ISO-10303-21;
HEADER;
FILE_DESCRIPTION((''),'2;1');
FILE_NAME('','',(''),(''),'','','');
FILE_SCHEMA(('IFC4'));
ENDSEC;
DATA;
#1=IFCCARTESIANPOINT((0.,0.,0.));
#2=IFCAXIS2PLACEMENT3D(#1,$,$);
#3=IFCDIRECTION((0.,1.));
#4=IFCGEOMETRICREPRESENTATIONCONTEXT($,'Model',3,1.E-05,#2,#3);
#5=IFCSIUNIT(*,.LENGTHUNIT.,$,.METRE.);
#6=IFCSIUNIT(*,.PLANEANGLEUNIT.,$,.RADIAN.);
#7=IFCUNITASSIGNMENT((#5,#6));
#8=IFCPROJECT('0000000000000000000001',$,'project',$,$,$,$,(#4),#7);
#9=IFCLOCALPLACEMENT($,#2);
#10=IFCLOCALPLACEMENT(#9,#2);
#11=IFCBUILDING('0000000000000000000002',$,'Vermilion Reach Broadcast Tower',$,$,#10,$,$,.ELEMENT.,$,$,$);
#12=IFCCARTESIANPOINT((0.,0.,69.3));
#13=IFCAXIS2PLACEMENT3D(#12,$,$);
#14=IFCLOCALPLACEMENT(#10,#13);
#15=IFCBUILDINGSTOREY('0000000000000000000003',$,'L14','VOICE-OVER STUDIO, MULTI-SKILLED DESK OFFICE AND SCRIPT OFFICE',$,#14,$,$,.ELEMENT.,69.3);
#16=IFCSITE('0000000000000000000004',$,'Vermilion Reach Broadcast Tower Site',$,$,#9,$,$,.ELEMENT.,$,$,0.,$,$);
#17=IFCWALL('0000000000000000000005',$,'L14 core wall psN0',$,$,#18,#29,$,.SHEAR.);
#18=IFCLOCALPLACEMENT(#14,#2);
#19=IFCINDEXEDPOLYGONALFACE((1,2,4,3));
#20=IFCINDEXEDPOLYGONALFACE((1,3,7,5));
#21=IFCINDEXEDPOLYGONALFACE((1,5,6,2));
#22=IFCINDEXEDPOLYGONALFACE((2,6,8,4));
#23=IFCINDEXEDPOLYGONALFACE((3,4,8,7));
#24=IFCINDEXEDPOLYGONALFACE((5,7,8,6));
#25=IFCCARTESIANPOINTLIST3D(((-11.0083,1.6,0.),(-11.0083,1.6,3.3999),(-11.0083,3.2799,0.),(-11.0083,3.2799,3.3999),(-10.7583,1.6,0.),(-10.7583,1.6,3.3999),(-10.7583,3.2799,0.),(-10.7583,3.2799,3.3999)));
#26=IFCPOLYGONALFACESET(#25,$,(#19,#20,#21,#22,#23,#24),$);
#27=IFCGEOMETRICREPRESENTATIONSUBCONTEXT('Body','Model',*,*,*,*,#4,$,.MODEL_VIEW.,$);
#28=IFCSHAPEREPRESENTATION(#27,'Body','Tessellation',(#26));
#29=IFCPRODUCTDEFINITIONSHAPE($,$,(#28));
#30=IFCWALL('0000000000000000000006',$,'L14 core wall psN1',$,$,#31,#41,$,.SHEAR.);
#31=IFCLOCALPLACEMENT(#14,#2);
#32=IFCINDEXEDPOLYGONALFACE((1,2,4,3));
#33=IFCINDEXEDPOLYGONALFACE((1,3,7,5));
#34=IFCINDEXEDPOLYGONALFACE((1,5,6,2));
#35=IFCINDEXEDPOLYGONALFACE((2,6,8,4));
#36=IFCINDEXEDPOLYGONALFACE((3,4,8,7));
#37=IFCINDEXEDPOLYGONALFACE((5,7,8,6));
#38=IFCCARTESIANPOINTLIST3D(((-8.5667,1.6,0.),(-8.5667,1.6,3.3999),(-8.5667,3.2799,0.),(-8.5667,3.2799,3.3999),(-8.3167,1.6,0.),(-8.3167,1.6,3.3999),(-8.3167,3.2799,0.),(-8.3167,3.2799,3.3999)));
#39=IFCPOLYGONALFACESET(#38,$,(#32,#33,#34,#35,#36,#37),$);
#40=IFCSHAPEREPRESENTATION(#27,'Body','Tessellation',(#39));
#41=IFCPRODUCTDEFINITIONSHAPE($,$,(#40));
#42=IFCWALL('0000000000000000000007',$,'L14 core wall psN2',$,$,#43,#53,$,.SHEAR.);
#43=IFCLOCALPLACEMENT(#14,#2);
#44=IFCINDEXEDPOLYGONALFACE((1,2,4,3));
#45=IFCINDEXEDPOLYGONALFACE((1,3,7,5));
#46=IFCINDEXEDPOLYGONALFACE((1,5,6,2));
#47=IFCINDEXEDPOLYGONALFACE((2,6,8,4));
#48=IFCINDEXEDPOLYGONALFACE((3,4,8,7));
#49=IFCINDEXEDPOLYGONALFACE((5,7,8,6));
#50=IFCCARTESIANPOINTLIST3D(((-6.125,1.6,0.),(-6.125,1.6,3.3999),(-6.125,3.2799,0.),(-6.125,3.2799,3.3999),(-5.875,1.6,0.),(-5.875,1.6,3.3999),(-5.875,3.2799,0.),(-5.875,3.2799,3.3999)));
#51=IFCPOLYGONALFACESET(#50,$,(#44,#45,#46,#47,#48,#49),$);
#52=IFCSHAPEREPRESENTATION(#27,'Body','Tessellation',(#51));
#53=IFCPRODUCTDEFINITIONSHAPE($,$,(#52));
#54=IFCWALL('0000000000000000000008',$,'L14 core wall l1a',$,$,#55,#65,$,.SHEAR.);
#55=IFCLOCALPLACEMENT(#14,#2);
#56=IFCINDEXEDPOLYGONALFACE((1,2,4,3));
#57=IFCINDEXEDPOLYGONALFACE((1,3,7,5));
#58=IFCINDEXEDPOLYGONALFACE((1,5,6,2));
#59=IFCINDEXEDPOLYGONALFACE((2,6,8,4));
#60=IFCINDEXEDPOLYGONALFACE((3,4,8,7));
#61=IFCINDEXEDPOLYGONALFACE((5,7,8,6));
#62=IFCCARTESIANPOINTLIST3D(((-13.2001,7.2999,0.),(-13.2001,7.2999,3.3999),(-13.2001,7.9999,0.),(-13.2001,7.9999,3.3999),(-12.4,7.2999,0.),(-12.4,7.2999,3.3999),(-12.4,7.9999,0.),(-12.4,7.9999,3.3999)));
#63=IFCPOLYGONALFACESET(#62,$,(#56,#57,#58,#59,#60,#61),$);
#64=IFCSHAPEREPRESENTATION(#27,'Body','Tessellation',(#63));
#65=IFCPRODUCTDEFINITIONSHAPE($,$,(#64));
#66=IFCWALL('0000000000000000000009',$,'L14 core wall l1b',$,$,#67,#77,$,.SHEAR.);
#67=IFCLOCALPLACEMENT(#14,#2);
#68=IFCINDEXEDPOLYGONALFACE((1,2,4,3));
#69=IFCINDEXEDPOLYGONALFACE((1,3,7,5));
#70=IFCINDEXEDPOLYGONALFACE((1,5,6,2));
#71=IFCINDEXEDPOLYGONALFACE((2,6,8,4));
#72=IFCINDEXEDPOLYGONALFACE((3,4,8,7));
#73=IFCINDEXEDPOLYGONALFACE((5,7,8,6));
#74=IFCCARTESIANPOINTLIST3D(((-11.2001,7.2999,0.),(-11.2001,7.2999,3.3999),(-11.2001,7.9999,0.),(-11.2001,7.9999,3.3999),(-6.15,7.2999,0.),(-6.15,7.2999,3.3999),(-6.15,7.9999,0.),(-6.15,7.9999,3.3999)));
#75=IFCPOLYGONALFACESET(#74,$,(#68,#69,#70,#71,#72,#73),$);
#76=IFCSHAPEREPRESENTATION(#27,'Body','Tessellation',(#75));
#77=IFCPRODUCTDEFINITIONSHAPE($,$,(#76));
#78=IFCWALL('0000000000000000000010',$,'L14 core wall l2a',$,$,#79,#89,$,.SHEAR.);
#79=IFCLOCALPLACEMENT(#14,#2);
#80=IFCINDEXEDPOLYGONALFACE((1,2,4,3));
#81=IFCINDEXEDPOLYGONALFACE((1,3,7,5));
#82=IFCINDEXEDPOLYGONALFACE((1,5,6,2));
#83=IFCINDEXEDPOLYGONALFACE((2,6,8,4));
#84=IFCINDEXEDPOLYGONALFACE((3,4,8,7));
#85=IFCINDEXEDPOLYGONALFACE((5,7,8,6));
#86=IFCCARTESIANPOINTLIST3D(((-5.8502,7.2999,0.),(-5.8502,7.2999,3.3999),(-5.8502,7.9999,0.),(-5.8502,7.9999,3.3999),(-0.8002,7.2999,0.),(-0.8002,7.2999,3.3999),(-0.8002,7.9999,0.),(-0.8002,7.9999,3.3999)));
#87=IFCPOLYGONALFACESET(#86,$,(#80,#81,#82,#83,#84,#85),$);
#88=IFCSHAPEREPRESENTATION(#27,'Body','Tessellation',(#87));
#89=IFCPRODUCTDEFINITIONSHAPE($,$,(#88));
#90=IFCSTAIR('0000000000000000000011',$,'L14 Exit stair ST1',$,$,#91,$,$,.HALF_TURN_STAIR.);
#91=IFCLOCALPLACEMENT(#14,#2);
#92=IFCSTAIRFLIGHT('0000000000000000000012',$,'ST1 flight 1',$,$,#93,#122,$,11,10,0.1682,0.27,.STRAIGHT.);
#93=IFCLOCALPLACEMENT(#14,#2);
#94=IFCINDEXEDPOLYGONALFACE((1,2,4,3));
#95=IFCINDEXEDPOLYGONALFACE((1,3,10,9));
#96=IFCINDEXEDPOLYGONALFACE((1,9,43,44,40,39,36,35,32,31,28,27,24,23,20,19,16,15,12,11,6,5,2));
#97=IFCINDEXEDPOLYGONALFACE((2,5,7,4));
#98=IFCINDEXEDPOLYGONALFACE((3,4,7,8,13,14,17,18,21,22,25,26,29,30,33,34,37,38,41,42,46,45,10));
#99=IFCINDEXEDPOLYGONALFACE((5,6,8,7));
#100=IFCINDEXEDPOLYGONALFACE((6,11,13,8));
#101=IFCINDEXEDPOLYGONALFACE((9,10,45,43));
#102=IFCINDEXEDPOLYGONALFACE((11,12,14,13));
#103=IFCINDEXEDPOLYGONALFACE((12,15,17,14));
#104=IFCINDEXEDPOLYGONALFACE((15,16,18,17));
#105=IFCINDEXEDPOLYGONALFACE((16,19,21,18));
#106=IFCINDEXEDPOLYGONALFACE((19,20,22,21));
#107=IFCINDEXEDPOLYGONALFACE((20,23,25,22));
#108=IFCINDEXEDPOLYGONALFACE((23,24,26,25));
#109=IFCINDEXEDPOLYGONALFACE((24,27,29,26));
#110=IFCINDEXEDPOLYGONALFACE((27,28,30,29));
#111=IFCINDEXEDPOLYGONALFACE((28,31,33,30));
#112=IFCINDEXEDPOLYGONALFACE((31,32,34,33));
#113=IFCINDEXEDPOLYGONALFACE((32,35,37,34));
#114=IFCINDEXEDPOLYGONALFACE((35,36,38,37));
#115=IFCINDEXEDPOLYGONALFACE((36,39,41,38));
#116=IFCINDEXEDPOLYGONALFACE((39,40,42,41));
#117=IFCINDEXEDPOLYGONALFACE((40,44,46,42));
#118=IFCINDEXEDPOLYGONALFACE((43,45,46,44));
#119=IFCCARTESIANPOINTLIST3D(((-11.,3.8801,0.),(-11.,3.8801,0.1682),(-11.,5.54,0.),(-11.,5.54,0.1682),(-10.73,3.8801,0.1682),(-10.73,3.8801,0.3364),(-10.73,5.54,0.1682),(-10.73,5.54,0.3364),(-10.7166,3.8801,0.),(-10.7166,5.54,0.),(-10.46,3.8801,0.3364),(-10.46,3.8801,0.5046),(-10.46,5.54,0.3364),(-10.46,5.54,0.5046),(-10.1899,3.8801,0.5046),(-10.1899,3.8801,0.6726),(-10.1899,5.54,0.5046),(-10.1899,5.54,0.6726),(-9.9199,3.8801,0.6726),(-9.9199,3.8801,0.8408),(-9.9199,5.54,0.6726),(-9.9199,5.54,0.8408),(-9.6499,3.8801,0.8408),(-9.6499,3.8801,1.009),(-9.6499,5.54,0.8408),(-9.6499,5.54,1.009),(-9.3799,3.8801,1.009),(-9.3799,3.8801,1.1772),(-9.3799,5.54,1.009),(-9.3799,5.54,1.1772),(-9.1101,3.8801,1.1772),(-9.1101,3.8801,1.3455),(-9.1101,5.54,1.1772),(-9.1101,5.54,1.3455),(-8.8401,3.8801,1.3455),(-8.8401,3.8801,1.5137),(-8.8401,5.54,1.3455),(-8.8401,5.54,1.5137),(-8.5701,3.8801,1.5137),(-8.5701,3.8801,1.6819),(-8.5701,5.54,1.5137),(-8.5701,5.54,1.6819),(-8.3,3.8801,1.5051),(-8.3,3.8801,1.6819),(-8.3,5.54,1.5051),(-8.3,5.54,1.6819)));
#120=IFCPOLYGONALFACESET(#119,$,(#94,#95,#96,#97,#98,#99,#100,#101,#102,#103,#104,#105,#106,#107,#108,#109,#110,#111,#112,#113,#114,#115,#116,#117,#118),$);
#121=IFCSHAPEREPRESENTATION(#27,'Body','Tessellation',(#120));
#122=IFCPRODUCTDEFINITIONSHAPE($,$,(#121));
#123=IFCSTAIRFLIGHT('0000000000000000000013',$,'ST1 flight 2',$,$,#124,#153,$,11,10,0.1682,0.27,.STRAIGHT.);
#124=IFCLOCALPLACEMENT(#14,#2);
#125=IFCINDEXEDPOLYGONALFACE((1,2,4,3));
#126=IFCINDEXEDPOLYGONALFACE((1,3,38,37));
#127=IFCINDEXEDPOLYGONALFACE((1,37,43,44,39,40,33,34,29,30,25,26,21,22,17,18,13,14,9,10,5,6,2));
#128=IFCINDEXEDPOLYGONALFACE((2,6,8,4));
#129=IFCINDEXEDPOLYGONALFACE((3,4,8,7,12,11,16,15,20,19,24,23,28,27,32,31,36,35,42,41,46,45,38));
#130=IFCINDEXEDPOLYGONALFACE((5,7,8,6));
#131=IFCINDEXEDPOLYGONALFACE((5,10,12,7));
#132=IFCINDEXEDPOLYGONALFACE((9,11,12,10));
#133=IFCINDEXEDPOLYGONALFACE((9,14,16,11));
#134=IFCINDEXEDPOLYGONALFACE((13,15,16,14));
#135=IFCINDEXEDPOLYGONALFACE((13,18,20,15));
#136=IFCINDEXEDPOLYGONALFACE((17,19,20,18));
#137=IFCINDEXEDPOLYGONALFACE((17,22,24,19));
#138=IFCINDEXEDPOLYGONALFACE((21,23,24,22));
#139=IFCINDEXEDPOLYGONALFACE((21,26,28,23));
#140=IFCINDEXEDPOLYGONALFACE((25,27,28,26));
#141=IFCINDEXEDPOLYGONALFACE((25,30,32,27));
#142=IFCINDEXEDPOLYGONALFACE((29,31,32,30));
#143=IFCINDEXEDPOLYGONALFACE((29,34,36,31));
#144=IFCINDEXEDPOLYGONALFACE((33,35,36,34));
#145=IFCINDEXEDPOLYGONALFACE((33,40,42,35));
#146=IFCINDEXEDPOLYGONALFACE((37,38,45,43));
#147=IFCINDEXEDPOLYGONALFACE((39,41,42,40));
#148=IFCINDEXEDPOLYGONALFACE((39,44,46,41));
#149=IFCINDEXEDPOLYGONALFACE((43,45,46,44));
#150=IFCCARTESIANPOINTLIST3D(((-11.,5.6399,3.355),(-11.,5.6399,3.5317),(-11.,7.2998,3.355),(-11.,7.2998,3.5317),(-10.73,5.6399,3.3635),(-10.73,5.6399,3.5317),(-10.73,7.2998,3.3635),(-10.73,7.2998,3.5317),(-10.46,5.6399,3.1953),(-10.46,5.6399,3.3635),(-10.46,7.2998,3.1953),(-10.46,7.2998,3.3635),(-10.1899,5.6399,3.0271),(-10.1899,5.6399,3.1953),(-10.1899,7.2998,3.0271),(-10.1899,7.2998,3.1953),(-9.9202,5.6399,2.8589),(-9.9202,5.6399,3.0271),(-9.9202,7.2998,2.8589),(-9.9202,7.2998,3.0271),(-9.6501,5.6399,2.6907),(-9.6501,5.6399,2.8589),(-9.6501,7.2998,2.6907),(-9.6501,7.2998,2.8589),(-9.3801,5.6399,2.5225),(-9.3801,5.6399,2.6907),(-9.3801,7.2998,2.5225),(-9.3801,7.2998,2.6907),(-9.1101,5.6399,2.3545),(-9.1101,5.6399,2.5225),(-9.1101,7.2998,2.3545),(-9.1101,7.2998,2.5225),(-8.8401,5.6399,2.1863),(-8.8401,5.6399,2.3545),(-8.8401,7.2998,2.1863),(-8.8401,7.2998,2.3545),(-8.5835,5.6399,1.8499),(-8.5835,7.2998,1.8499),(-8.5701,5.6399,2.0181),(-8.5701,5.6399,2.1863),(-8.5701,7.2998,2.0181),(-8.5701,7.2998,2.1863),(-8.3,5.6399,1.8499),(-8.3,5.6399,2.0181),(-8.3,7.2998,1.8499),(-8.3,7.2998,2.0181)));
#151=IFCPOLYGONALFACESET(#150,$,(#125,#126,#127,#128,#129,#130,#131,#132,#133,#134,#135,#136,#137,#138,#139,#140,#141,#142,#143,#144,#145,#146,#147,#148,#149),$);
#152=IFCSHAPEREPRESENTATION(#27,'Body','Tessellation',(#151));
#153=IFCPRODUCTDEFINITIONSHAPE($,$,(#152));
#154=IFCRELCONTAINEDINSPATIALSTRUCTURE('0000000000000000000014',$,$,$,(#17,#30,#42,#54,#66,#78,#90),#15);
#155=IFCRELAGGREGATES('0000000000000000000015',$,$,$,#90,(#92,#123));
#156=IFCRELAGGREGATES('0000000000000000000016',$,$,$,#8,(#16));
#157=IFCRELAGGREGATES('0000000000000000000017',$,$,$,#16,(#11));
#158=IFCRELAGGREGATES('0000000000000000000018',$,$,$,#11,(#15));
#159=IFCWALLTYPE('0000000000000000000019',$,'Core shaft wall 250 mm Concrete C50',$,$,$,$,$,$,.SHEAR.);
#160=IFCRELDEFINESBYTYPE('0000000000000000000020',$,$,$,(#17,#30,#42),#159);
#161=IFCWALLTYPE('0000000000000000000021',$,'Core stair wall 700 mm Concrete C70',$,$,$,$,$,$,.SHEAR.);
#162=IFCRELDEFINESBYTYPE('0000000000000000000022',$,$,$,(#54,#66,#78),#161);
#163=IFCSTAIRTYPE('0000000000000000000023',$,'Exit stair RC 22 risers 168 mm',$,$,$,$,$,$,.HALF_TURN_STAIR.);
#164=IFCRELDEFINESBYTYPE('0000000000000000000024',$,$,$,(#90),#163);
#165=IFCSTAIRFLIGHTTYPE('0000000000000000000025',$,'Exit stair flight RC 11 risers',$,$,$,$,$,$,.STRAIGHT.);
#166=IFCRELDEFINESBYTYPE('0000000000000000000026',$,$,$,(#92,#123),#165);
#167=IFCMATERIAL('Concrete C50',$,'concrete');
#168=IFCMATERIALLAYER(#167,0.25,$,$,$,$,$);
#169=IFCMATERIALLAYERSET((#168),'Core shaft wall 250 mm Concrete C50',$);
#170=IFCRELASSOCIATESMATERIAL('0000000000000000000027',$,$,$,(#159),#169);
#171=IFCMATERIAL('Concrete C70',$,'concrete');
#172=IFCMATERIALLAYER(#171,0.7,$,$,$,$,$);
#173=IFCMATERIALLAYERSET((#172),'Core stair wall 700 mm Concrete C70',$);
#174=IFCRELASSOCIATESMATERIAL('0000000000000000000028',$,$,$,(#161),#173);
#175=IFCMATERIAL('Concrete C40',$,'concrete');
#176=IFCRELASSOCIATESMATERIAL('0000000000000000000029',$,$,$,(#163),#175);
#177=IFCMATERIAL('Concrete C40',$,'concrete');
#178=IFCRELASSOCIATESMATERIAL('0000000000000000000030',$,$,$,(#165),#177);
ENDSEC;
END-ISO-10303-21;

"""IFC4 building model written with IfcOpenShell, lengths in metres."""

from ifc_helpers import new_model, si_unit, direction, frame, frame_2d, origin, place, context, subcontext, project, spatial, polyline, rectangle, outline, extrude, material, layer, layer_set, type_object, element, aggregate, save


model = new_model("IFC4")

# Units and contexts
model_context = context("Model", 3, precision=1e-05, world=origin(), true_north=direction((0.0, 1.0)))
body_context = subcontext(model_context, "Body", "Model", "MODEL_VIEW")
ifc_project = project(units=[si_unit("LENGTHUNIT", "METRE"), si_unit("PLANEANGLEUNIT", "RADIAN")], contexts=[model_context])

# Site, building, storey
site_placement = place(None, origin())
site = spatial("IfcSite", under=ifc_project, at=site_placement, Name="Vermilion Reach Broadcast Tower Site", CompositionType="ELEMENT", RefElevation=0.0)
building_placement = place(site_placement, origin())
building = spatial("IfcBuilding", under=site, at=building_placement, Name="Vermilion Reach Broadcast Tower", CompositionType="ELEMENT")
storey_placement = place(building_placement, frame((0.0, 0.0, 69.3)))
storey = spatial("IfcBuildingStorey", under=building, at=storey_placement, Name="L14", Description="VOICE-OVER STUDIO, MULTI-SKILLED DESK OFFICE AND SCRIPT OFFICE", CompositionType="ELEMENT", Elevation=69.3)

# Walls
ifc_material_1 = material(Name="Concrete C50", Category="concrete")
ifc_layer_1 = layer(ifc_material_1, 0.25)
ifc_layer_set_1 = layer_set([ifc_layer_1], Name="Core shaft wall 250 mm Concrete C50")
wall_type_1 = type_object("IfcWallType", Name="Core shaft wall 250 mm Concrete C50", PredefinedType="SHEAR", material=ifc_layer_set_1)
for number, where, z_axis, x_axis, name in (
    (1, (-10.8833, 1.6001, 0.0), (0.0, 0.0, 1.0), (0.0, 1.0, 0.0), "L14 core wall psN0"),
    (2, (-8.4417, 1.6001, 0.0), (0.0, 0.0, 1.0), (0.0, 1.0, 0.0), "L14 core wall psN1"),
    (3, (-6.0, 1.6001, 0.0), (0.0, 0.0, 1.0), (0.0, 1.0, 0.0), "L14 core wall psN2"),
):
    element("IfcWall", number, at=place(storey_placement, frame(where, z_axis=z_axis, x_axis=x_axis)), inside=storey, type_object=wall_type_1, Name=name, PredefinedType="SHEAR", context=body_context, shape_type="SweptSolid", body=[
        extrude(rectangle(XDim=1.6799, YDim=0.25, at=frame_2d((0.8398, 0.0))), origin(), (0.0, 0.0, 1.0), 3.3999),
    ])
ifc_material_2 = material(Name="Concrete C70", Category="concrete")
ifc_layer_2 = layer(ifc_material_2, 0.7)
ifc_layer_set_2 = layer_set([ifc_layer_2], Name="Core stair wall 700 mm Concrete C70")
wall_type_2 = type_object("IfcWallType", Name="Core stair wall 700 mm Concrete C70", PredefinedType="SHEAR", material=ifc_layer_set_2)
wall_1_placement = place(storey_placement, frame((-13.2, 7.6499, 0.0), z_axis=(0.0, 0.0, 1.0), x_axis=(1.0, 0.0, 0.0)))
element("IfcWall", 4, at=wall_1_placement, inside=storey, type_object=wall_type_2, Name="L14 core wall l1a", PredefinedType="SHEAR", context=body_context, shape_type="SweptSolid", body=[
    extrude(rectangle(XDim=0.8, YDim=0.7, at=frame_2d((0.3999, 0.0))), origin(), (0.0, 0.0, 1.0), 3.3999),
])
for number, where, z_axis, x_axis, name in (
    (5, (-11.2, 7.6499, 0.0), (0.0, 0.0, 1.0), (1.0, 0.0, 0.0), "L14 core wall l1b"),
    (6, (-5.8501, 7.6499, 0.0), (0.0, 0.0, 1.0), (1.0, 0.0, 0.0), "L14 core wall l2a"),
):
    element("IfcWall", number, at=place(storey_placement, frame(where, z_axis=z_axis, x_axis=x_axis)), inside=storey, type_object=wall_type_2, Name=name, PredefinedType="SHEAR", context=body_context, shape_type="SweptSolid", body=[
        extrude(rectangle(XDim=5.05, YDim=0.7, at=frame_2d((2.5249, 0.0))), origin(), (0.0, 0.0, 1.0), 3.3999),
    ])

# Stair, stair flights
ifc_material_3 = material(Name="Concrete C40", Category="concrete")
stair_type = type_object("IfcStairType", Name="Exit stair RC 22 risers 168 mm", PredefinedType="HALF_TURN_STAIR", material=ifc_material_3)
stair_placement = place(storey_placement, origin())
stair = element("IfcStair", 7, at=stair_placement, inside=storey, type_object=stair_type, Name="L14 Exit stair ST1", PredefinedType="HALF_TURN_STAIR")
ifc_material_4 = material(Name="Concrete C40", Category="concrete")
stair_flight_type = type_object("IfcStairFlightType", Name="Exit stair flight RC 11 risers", PredefinedType="STRAIGHT", material=ifc_material_4)
stair_flight_1_placement = place(storey_placement, frame((-11.0, 4.71, 0.0), z_axis=(0.0, 0.0, 1.0), x_axis=(1.0, 0.0, 0.0)))
stair_flight_1 = element("IfcStairFlight", 8, at=stair_flight_1_placement, type_object=stair_flight_type, Name="ST1 flight 1", NumberOfRisers=11, NumberOfTreads=10, PredefinedType="STRAIGHT", RiserHeight=0.1682, TreadLength=0.27, context=body_context, shape_type="SweptSolid", body=[
    extrude(outline(polyline([(0.0, 0.0), (0.0, 0.1682), (0.27, 0.1682), (0.27, 0.3364), (0.54, 0.3364), (0.54, 0.5046), (0.8101, 0.5046), (0.8101, 0.6726), (1.0801, 0.6726), (1.0801, 0.8408), (1.3501, 0.8408), (1.3501, 1.009), (1.6201, 1.009), (1.6201, 1.1772), (1.8899, 1.1772), (1.8899, 1.3455), (2.1599, 1.3455), (2.1599, 1.5137), (2.4299, 1.5137), (2.4299, 1.6819), (2.7, 1.6819), (2.7, 1.8501), (2.7, 1.5051), (0.2834, 0.0), (0.0, 0.0)])), frame((0.0, 0.8301, 0.0), z_axis=(0.0, -1.0, 0.0), x_axis=(1.0, 0.0, 0.0)), (0.0, 0.0, 1.0), 1.6599),
])
stair_flight_2_placement = place(storey_placement, frame((-8.3, 6.47, 1.8499), z_axis=(0.0, 0.0, 1.0), x_axis=(-1.0, 0.0, 0.0)))
stair_flight_2 = element("IfcStairFlight", 9, at=stair_flight_2_placement, type_object=stair_flight_type, Name="ST1 flight 2", NumberOfRisers=11, NumberOfTreads=10, PredefinedType="STRAIGHT", RiserHeight=0.1682, TreadLength=0.27, context=body_context, shape_type="SweptSolid", body=[
    extrude(outline(polyline([(0.0, 0.0), (0.0, 0.1682), (0.27, 0.1682), (0.27, 0.3364), (0.54, 0.3364), (0.54, 0.5046), (0.8101, 0.5046), (0.8101, 0.6726), (1.0801, 0.6726), (1.0801, 0.8408), (1.3501, 0.8408), (1.3501, 1.009), (1.6201, 1.009), (1.6201, 1.1772), (1.8899, 1.1772), (1.8899, 1.3455), (2.1599, 1.3455), (2.1599, 1.5137), (2.4299, 1.5137), (2.4299, 1.6819), (2.7, 1.6819), (2.7, 1.8501), (2.7, 1.5051), (0.2834, 0.0), (0.0, 0.0)])), frame((0.0, 0.8301, 0.0), z_axis=(0.0, -1.0, 0.0), x_axis=(1.0, 0.0, 0.0)), (0.0, 0.0, 1.0), 1.6599),
])
aggregate(stair, [stair_flight_1, stair_flight_2])

save(model, "model.ifc")
